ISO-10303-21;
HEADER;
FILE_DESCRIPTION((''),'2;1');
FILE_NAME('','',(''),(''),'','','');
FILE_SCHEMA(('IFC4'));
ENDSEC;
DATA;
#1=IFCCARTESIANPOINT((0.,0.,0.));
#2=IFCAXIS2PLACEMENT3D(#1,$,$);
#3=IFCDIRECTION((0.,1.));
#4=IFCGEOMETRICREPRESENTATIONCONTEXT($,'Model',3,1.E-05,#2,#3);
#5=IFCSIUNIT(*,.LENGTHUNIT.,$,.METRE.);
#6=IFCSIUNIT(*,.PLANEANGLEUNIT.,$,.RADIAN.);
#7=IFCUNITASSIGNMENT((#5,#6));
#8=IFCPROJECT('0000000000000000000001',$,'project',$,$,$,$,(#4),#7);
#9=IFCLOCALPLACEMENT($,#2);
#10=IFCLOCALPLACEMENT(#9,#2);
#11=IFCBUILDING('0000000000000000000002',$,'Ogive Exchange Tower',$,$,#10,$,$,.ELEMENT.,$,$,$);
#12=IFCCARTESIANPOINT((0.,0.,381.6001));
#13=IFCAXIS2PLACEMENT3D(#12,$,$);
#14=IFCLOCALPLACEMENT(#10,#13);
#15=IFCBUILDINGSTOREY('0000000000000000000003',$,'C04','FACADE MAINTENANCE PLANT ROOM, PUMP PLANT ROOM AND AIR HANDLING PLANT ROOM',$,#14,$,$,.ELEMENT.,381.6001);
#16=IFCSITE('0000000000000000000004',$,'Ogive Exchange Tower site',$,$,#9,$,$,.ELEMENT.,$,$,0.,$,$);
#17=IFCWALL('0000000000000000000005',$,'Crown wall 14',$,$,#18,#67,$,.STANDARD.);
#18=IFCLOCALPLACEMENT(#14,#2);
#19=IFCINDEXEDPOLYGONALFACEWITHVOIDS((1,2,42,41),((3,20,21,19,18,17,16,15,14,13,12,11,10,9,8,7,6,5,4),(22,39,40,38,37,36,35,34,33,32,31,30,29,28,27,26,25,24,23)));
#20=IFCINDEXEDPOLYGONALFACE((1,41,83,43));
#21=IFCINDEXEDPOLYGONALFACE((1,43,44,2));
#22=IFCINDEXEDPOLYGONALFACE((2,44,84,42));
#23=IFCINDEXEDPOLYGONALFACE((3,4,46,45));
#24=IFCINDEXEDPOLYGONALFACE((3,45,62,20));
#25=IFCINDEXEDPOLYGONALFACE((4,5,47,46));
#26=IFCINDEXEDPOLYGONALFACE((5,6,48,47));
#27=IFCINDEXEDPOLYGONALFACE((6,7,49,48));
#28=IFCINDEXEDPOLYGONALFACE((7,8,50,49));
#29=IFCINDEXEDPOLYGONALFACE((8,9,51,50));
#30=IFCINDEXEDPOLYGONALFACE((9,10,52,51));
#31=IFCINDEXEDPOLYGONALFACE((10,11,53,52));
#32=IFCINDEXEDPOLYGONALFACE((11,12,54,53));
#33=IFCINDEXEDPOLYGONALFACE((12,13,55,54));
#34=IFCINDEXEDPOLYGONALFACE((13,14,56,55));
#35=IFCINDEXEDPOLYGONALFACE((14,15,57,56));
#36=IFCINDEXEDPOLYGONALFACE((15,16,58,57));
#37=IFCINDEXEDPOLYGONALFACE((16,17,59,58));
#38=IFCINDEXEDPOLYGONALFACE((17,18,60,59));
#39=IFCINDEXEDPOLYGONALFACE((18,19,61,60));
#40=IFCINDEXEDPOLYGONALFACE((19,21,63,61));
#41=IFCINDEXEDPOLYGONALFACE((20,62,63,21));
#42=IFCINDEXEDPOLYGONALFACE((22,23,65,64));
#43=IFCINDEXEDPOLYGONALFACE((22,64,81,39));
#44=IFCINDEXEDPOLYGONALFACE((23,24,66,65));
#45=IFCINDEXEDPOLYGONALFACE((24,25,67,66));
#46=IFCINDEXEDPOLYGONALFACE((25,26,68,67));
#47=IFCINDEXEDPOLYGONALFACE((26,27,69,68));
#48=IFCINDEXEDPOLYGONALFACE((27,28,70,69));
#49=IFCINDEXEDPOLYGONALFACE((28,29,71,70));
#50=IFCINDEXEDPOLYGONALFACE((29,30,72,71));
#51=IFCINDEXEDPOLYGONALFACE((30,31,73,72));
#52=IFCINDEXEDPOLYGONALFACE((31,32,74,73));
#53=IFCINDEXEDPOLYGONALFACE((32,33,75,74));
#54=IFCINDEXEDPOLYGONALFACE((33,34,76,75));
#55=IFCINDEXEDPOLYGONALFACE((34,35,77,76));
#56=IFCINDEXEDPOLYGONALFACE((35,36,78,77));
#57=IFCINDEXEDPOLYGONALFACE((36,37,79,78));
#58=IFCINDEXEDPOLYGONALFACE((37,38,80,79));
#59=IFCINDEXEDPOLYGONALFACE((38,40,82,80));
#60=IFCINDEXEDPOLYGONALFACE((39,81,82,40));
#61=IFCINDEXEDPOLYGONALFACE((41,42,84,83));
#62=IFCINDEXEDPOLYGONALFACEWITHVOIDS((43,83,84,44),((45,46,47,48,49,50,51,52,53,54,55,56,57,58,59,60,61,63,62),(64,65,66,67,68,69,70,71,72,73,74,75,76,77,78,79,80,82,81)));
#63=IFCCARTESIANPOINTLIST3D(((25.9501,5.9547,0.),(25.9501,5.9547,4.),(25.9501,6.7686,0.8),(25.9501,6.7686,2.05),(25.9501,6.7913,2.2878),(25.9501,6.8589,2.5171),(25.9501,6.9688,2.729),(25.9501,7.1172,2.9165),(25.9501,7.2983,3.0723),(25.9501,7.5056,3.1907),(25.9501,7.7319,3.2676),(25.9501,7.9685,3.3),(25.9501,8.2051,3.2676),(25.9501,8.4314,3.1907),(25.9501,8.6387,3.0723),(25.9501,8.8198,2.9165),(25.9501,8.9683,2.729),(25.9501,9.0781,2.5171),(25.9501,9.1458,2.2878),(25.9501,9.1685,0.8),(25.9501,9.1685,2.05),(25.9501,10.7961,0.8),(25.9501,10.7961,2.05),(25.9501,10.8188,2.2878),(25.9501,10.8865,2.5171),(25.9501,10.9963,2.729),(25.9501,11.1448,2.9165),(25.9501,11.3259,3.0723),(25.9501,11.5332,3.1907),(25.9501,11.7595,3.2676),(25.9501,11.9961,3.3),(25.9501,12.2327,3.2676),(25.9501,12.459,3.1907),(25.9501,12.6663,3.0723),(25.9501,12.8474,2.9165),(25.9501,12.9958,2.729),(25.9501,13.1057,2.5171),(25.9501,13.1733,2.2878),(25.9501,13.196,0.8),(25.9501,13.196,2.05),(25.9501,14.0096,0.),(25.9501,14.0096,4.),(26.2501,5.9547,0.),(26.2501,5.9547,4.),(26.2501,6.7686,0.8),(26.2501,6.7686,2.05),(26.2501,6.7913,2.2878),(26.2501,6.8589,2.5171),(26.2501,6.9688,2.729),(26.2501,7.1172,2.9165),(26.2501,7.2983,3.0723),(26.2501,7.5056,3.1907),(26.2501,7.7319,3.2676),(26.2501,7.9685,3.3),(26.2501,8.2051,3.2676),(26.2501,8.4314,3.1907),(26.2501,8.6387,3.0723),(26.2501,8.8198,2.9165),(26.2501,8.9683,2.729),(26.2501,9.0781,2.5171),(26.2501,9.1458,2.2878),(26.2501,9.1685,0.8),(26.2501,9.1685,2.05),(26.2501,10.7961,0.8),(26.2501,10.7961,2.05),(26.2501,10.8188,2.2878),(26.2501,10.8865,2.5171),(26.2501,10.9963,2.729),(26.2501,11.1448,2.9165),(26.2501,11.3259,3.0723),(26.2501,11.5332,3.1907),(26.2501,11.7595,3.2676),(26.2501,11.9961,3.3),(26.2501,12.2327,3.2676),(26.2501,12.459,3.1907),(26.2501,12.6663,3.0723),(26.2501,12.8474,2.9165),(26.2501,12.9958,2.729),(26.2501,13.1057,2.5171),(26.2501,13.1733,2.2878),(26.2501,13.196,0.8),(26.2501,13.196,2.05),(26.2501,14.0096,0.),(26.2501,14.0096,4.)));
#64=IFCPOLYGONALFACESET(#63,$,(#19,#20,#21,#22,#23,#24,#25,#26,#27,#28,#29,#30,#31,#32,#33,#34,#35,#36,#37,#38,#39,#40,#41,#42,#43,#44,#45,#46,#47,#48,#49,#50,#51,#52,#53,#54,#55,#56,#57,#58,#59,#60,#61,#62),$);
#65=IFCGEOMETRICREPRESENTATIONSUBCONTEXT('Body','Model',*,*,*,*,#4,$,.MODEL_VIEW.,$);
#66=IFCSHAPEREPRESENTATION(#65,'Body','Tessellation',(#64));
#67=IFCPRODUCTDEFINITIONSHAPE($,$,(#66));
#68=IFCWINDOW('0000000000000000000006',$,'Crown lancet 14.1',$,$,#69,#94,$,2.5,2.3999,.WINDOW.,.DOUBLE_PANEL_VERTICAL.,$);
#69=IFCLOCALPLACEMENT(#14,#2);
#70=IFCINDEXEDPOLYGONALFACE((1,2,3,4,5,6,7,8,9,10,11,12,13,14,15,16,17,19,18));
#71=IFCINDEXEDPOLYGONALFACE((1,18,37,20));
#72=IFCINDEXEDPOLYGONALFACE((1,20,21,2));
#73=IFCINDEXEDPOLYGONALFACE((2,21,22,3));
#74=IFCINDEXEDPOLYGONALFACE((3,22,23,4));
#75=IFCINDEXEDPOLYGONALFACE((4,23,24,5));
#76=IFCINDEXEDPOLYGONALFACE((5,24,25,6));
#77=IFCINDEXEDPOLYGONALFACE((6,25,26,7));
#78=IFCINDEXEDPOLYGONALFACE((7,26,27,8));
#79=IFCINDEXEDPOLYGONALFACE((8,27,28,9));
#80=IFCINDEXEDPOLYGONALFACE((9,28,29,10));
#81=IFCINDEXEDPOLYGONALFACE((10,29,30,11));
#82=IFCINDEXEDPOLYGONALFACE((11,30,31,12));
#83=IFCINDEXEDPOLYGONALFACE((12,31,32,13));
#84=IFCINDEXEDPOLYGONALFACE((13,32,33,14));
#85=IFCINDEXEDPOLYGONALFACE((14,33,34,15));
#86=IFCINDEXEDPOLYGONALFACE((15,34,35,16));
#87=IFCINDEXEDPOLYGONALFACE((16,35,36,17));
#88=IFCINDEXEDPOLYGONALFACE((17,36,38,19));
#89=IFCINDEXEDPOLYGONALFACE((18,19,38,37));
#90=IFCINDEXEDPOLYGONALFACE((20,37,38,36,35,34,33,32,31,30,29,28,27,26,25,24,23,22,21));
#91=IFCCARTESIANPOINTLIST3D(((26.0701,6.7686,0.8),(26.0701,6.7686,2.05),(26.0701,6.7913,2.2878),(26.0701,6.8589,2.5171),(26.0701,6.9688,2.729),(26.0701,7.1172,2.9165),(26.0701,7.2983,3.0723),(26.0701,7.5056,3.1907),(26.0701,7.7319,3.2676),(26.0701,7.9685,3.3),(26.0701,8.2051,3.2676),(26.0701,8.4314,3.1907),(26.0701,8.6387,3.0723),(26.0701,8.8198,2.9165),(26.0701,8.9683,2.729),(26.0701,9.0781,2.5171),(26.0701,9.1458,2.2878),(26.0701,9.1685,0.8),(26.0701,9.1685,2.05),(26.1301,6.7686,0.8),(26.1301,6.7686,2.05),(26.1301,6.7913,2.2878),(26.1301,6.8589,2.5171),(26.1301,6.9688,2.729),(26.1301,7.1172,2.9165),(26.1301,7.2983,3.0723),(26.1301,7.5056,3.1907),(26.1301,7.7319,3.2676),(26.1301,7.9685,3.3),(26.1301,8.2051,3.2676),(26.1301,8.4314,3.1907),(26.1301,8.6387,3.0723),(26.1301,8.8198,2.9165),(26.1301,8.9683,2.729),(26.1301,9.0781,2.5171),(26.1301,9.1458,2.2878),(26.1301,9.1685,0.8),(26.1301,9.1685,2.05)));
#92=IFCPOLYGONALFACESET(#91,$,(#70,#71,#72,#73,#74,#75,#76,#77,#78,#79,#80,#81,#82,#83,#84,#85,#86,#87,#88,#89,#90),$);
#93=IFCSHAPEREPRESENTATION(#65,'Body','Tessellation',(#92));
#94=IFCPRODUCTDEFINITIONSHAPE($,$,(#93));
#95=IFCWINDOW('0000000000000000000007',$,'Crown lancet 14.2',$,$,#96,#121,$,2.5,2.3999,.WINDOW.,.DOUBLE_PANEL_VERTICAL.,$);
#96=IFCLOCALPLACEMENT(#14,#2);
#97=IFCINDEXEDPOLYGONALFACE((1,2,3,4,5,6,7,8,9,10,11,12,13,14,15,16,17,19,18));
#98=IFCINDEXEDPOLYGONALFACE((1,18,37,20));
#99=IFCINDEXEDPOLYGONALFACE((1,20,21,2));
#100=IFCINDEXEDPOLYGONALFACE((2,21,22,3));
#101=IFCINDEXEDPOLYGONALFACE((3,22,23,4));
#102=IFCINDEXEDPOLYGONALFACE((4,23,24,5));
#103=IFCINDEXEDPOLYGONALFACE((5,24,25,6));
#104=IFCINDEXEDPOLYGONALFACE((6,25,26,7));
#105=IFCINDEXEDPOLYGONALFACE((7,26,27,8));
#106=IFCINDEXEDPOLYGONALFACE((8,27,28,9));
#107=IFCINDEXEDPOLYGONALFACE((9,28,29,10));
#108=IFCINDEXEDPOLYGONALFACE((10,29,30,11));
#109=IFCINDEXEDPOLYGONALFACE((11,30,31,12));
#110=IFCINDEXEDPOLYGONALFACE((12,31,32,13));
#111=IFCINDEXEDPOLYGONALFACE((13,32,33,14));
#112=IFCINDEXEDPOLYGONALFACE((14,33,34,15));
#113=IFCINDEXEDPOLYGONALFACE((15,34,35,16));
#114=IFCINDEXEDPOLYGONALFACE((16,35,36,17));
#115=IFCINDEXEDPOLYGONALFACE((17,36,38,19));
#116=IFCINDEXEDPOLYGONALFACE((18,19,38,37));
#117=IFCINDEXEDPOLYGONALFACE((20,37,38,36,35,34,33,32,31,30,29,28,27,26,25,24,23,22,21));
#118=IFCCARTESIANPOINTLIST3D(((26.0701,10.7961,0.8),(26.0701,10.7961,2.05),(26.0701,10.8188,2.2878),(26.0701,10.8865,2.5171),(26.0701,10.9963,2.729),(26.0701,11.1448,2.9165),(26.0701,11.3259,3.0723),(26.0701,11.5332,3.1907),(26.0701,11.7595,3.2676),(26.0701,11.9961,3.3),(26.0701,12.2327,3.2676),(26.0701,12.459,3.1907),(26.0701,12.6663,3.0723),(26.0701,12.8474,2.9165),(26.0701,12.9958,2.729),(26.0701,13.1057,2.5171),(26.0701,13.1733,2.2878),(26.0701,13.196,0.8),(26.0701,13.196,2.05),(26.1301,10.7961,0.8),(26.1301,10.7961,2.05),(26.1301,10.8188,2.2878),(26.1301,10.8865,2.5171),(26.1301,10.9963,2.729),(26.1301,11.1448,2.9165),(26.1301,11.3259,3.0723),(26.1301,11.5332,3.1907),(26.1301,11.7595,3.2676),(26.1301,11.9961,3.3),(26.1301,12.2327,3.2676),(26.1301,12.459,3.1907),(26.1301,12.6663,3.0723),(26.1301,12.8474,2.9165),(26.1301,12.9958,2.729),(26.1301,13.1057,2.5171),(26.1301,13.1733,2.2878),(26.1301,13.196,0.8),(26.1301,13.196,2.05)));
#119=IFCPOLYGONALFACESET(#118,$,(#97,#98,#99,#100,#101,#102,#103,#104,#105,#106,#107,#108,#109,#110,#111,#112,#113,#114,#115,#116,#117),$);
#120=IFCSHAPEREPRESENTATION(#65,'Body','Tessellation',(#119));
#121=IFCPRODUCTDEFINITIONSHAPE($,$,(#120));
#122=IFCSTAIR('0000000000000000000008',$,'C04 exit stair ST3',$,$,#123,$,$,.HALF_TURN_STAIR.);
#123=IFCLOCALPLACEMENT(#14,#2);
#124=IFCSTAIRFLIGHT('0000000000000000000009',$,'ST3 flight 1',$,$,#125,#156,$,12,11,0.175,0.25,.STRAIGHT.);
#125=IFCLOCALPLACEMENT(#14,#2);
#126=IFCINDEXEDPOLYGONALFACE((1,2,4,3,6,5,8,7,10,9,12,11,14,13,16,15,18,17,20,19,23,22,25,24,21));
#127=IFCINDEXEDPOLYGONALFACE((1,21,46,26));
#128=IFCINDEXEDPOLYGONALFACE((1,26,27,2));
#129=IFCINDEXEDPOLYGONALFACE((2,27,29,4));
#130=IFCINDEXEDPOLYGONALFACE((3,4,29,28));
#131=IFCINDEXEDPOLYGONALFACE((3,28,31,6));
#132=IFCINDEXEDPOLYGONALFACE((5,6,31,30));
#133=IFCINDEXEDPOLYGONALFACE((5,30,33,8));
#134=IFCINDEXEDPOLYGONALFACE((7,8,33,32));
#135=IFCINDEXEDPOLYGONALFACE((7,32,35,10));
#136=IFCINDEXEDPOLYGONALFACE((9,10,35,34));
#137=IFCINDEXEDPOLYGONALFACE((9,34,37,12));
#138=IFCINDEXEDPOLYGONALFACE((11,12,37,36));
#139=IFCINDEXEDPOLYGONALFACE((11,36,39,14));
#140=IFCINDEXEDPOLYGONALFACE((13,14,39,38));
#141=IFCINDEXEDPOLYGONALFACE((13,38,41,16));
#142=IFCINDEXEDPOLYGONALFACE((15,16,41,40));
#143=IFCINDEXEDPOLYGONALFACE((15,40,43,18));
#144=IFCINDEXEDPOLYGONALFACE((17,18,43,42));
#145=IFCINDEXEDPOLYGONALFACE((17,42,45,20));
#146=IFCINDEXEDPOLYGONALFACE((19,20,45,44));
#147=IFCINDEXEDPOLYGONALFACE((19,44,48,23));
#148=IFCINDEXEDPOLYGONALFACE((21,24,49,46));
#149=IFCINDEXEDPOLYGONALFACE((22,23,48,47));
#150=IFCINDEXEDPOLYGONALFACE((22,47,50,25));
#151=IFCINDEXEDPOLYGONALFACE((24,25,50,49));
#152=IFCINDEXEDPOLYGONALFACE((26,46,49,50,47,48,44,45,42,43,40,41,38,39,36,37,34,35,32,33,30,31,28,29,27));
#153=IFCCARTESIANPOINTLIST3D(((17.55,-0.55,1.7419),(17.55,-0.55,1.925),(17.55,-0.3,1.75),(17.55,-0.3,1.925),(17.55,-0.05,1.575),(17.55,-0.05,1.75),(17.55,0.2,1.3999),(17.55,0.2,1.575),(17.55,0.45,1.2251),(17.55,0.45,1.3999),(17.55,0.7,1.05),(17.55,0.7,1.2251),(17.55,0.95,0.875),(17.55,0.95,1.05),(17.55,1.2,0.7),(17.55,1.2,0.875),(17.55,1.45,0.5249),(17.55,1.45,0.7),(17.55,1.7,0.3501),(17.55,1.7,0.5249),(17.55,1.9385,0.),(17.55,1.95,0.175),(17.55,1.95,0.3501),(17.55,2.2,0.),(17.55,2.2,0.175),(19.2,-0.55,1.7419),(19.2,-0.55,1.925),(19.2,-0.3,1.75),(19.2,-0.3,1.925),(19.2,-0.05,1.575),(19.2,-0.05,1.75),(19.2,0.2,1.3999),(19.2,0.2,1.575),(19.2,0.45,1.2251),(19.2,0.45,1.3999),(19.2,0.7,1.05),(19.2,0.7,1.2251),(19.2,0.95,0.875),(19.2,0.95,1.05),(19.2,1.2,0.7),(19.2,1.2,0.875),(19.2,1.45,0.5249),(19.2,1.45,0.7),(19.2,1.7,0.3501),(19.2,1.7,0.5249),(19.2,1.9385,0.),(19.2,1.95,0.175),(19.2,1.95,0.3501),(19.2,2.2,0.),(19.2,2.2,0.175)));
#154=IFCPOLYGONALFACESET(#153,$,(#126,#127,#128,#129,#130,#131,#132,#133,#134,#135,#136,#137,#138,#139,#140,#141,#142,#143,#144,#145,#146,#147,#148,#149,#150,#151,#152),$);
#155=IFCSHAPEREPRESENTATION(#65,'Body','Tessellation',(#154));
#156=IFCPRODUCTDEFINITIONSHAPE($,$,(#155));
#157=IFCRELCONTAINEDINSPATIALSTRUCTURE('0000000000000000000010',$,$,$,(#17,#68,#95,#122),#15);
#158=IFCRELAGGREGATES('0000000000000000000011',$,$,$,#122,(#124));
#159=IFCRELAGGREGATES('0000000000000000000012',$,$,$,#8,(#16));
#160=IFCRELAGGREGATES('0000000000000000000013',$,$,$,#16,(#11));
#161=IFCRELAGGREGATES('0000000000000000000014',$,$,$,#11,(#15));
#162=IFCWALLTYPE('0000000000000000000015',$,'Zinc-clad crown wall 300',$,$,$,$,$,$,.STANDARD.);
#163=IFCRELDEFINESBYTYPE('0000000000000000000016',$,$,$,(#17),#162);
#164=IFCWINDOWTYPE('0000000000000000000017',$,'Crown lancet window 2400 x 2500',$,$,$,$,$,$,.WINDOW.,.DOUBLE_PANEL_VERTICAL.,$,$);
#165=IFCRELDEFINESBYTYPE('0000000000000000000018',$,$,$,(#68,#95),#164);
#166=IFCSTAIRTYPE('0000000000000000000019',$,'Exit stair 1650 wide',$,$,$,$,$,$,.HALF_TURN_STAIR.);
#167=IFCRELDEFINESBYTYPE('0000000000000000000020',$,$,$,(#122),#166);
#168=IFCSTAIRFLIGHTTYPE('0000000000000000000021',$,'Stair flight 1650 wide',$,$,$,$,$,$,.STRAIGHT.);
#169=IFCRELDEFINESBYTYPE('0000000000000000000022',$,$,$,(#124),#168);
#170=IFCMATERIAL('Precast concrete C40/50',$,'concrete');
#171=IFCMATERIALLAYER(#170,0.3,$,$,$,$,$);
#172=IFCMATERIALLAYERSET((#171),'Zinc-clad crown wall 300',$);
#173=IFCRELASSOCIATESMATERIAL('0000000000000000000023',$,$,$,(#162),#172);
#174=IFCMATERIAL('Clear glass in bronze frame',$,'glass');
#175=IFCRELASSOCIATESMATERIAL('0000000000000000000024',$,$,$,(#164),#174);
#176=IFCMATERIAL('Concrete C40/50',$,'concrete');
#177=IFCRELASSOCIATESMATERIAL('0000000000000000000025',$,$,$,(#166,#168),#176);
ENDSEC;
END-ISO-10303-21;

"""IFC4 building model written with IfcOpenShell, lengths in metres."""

from ifc_helpers import new_model, si_unit, direction, frame, frame_2d, origin, place, context, subcontext, project, spatial, polyline, rectangle, outline, extrude, material, layer, layer_set, type_object, element, fill, aggregate, save


model = new_model("IFC4")

# Units and contexts
model_context = context("Model", 3, precision=1e-05, world=origin(), true_north=direction((0.0, 1.0)))
body_context = subcontext(model_context, "Body", "Model", "MODEL_VIEW")
ifc_project = project(units=[si_unit("LENGTHUNIT", "METRE"), si_unit("PLANEANGLEUNIT", "RADIAN")], contexts=[model_context])

# Site, building, storey
site_placement = place(None, origin())
site = spatial("IfcSite", under=ifc_project, at=site_placement, Name="Ogive Exchange Tower site", CompositionType="ELEMENT", RefElevation=0.0)
building_placement = place(site_placement, origin())
building = spatial("IfcBuilding", under=site, at=building_placement, Name="Ogive Exchange Tower", CompositionType="ELEMENT")
storey_placement = place(building_placement, frame((0.0, 0.0, 381.6001)))
storey = spatial("IfcBuildingStorey", under=building, at=storey_placement, Name="C04", Description="FACADE MAINTENANCE PLANT ROOM, PUMP PLANT ROOM AND AIR HANDLING PLANT ROOM", CompositionType="ELEMENT", Elevation=381.6001)

# Shared definitions
ifc_material_1 = material(Name="Precast concrete C40/50", Category="concrete")
ifc_layer_1 = layer(ifc_material_1, 0.3)
ifc_layer_set_1 = layer_set([ifc_layer_1], Name="Zinc-clad crown wall 300")
wall_type_1 = type_object("IfcWallType", Name="Zinc-clad crown wall 300", PredefinedType="STANDARD", material=ifc_layer_set_1)

# Wall, openings, windows
ifc_material_2 = material(Name="Clear glass in bronze frame", Category="glass")
window_type = type_object("IfcWindowType", Name="Crown lancet window 2400 x 2500", PartitioningType="DOUBLE_PANEL_VERTICAL", PredefinedType="WINDOW", material=ifc_material_2)
wall_1_placement = place(storey_placement, frame((26.1001, 5.9548, 0.0), z_axis=(0.0, 0.0, 1.0), x_axis=(0.0, 1.0, 0.0)))
wall_1 = element("IfcWall", 1, at=wall_1_placement, inside=storey, type_object=wall_type_1, Name="Crown wall 14", PredefinedType="STANDARD", context=body_context, shape_type="SweptSolid", body=[
    extrude(rectangle(XDim=8.0549, YDim=0.3, at=frame_2d((4.0273, 0.0))), origin(), (0.0, 0.0, 1.0), 4.0),
])
opening_1_placement = place(wall_1_placement, frame((0.8137, 0.0, 0.8)))
opening_1 = element("IfcOpeningElement", 2, at=opening_1_placement, cuts=wall_1, PredefinedType="OPENING", context=body_context, shape_type="SweptSolid", body=[
    extrude(outline(polyline([(0.0, 0.0), (2.3999, 0.0), (2.3999, 1.25), (2.3772, 1.4878), (2.3096, 1.717), (2.1997, 1.929), (2.0513, 2.1165), (1.8701, 2.2722), (1.6628, 2.3906), (1.4365, 2.4675), (1.2, 2.5), (0.9634, 2.4675), (0.7371, 2.3906), (0.5298, 2.2722), (0.3486, 2.1165), (0.2002, 1.929), (0.0903, 1.717), (0.0227, 1.4878), (0.0, 1.25), (0.0, 0.0)])), frame((0.0, 0.1599, 0.0), z_axis=(0.0, -1.0, 0.0), x_axis=(1.0, 0.0, 0.0)), (0.0, 0.0, 1.0), 0.3201),
])
opening_2_placement = place(wall_1_placement, frame((4.8413, 0.0, 0.8)))
opening_2 = element("IfcOpeningElement", 3, at=opening_2_placement, cuts=wall_1, PredefinedType="OPENING", context=body_context, shape_type="SweptSolid", body=[
    extrude(outline(polyline([(0.0, 0.0), (2.3999, 0.0), (2.3999, 1.25), (2.3772, 1.4878), (2.3096, 1.717), (2.1997, 1.929), (2.0513, 2.1165), (1.8701, 2.2722), (1.6628, 2.3906), (1.4365, 2.4675), (1.2, 2.5), (0.9634, 2.4675), (0.7371, 2.3906), (0.5298, 2.2722), (0.3486, 2.1165), (0.2002, 1.929), (0.0903, 1.717), (0.0227, 1.4878), (0.0, 1.25), (0.0, 0.0)])), frame((0.0, 0.1599, 0.0), z_axis=(0.0, -1.0, 0.0), x_axis=(1.0, 0.0, 0.0)), (0.0, 0.0, 1.0), 0.3201),
])
window_1_placement = place(opening_1_placement, origin())
window_1 = element("IfcWindow", 4, at=window_1_placement, inside=storey, type_object=window_type, Name="Crown lancet 14.1", OverallHeight=2.5, OverallWidth=2.3999, PartitioningType="DOUBLE_PANEL_VERTICAL", PredefinedType="WINDOW", context=body_context, shape_type="SweptSolid", body=[
    extrude(outline(polyline([(0.0, 0.0), (2.3999, 0.0), (2.3999, 1.25), (2.3772, 1.4878), (2.3096, 1.717), (2.1997, 1.929), (2.0513, 2.1165), (1.8701, 2.2722), (1.6628, 2.3906), (1.4365, 2.4675), (1.2, 2.5), (0.9634, 2.4675), (0.7371, 2.3906), (0.5298, 2.2722), (0.3486, 2.1165), (0.2002, 1.929), (0.0903, 1.717), (0.0227, 1.4878), (0.0, 1.25), (0.0, 0.0)])), frame((0.0, 0.03, 0.0), z_axis=(0.0, -1.0, 0.0), x_axis=(1.0, 0.0, 0.0)), (0.0, 0.0, 1.0), 0.0601),
])
fill(opening_1, window_1)
window_2_placement = place(opening_2_placement, origin())
window_2 = element("IfcWindow", 5, at=window_2_placement, inside=storey, type_object=window_type, Name="Crown lancet 14.2", OverallHeight=2.5, OverallWidth=2.3999, PartitioningType="DOUBLE_PANEL_VERTICAL", PredefinedType="WINDOW", context=body_context, shape_type="SweptSolid", body=[
    extrude(outline(polyline([(0.0, 0.0), (2.3999, 0.0), (2.3999, 1.25), (2.3772, 1.4878), (2.3096, 1.717), (2.1997, 1.929), (2.0513, 2.1165), (1.8701, 2.2722), (1.6628, 2.3906), (1.4365, 2.4675), (1.2, 2.5), (0.9634, 2.4675), (0.7371, 2.3906), (0.5298, 2.2722), (0.3486, 2.1165), (0.2002, 1.929), (0.0903, 1.717), (0.0227, 1.4878), (0.0, 1.25), (0.0, 0.0)])), frame((0.0, 0.03, 0.0), z_axis=(0.0, -1.0, 0.0), x_axis=(1.0, 0.0, 0.0)), (0.0, 0.0, 1.0), 0.0601),
])
fill(opening_2, window_2)

# Stair, stair flight
ifc_material_3 = material(Name="Concrete C40/50", Category="concrete")
stair_type = type_object("IfcStairType", Name="Exit stair 1650 wide", PredefinedType="HALF_TURN_STAIR", material=ifc_material_3)
stair_placement = place(storey_placement, origin())
stair = element("IfcStair", 6, at=stair_placement, inside=storey, type_object=stair_type, Name="C04 exit stair ST3", PredefinedType="HALF_TURN_STAIR")
stair_flight_type = type_object("IfcStairFlightType", Name="Stair flight 1650 wide", PredefinedType="STRAIGHT", material=ifc_material_3)
stair_flight_1_placement = place(storey_placement, frame((18.375, 2.2, 0.0), z_axis=(0.0, 0.0, 1.0), x_axis=(0.0, -1.0, 0.0)))
stair_flight_1 = element("IfcStairFlight", 7, at=stair_flight_1_placement, type_object=stair_flight_type, Name="ST3 flight 1", NumberOfRisers=12, NumberOfTreads=11, PredefinedType="STRAIGHT", RiserHeight=0.175, TreadLength=0.25, context=body_context, shape_type="SweptSolid", body=[
    extrude(outline(polyline([(0.0, 0.0), (0.0, 0.175), (0.25, 0.175), (0.25, 0.3501), (0.5, 0.3501), (0.5, 0.5249), (0.75, 0.5249), (0.75, 0.7), (1.0, 0.7), (1.0, 0.875), (1.25, 0.875), (1.25, 1.05), (1.5, 1.05), (1.5, 1.2251), (1.75, 1.2251), (1.75, 1.3999), (2.0, 1.3999), (2.0, 1.575), (2.25, 1.575), (2.25, 1.75), (2.5, 1.75), (2.5, 1.925), (2.75, 1.925), (2.75, 2.1001), (2.75, 1.7419), (0.2615, 0.0), (0.0, 0.0)])), frame((0.0, 0.825, 0.0), z_axis=(0.0, -1.0, 0.0), x_axis=(1.0, 0.0, 0.0)), (0.0, 0.0, 1.0), 1.6499),
])
aggregate(stair, [stair_flight_1])

save(model, "model.ifc")
